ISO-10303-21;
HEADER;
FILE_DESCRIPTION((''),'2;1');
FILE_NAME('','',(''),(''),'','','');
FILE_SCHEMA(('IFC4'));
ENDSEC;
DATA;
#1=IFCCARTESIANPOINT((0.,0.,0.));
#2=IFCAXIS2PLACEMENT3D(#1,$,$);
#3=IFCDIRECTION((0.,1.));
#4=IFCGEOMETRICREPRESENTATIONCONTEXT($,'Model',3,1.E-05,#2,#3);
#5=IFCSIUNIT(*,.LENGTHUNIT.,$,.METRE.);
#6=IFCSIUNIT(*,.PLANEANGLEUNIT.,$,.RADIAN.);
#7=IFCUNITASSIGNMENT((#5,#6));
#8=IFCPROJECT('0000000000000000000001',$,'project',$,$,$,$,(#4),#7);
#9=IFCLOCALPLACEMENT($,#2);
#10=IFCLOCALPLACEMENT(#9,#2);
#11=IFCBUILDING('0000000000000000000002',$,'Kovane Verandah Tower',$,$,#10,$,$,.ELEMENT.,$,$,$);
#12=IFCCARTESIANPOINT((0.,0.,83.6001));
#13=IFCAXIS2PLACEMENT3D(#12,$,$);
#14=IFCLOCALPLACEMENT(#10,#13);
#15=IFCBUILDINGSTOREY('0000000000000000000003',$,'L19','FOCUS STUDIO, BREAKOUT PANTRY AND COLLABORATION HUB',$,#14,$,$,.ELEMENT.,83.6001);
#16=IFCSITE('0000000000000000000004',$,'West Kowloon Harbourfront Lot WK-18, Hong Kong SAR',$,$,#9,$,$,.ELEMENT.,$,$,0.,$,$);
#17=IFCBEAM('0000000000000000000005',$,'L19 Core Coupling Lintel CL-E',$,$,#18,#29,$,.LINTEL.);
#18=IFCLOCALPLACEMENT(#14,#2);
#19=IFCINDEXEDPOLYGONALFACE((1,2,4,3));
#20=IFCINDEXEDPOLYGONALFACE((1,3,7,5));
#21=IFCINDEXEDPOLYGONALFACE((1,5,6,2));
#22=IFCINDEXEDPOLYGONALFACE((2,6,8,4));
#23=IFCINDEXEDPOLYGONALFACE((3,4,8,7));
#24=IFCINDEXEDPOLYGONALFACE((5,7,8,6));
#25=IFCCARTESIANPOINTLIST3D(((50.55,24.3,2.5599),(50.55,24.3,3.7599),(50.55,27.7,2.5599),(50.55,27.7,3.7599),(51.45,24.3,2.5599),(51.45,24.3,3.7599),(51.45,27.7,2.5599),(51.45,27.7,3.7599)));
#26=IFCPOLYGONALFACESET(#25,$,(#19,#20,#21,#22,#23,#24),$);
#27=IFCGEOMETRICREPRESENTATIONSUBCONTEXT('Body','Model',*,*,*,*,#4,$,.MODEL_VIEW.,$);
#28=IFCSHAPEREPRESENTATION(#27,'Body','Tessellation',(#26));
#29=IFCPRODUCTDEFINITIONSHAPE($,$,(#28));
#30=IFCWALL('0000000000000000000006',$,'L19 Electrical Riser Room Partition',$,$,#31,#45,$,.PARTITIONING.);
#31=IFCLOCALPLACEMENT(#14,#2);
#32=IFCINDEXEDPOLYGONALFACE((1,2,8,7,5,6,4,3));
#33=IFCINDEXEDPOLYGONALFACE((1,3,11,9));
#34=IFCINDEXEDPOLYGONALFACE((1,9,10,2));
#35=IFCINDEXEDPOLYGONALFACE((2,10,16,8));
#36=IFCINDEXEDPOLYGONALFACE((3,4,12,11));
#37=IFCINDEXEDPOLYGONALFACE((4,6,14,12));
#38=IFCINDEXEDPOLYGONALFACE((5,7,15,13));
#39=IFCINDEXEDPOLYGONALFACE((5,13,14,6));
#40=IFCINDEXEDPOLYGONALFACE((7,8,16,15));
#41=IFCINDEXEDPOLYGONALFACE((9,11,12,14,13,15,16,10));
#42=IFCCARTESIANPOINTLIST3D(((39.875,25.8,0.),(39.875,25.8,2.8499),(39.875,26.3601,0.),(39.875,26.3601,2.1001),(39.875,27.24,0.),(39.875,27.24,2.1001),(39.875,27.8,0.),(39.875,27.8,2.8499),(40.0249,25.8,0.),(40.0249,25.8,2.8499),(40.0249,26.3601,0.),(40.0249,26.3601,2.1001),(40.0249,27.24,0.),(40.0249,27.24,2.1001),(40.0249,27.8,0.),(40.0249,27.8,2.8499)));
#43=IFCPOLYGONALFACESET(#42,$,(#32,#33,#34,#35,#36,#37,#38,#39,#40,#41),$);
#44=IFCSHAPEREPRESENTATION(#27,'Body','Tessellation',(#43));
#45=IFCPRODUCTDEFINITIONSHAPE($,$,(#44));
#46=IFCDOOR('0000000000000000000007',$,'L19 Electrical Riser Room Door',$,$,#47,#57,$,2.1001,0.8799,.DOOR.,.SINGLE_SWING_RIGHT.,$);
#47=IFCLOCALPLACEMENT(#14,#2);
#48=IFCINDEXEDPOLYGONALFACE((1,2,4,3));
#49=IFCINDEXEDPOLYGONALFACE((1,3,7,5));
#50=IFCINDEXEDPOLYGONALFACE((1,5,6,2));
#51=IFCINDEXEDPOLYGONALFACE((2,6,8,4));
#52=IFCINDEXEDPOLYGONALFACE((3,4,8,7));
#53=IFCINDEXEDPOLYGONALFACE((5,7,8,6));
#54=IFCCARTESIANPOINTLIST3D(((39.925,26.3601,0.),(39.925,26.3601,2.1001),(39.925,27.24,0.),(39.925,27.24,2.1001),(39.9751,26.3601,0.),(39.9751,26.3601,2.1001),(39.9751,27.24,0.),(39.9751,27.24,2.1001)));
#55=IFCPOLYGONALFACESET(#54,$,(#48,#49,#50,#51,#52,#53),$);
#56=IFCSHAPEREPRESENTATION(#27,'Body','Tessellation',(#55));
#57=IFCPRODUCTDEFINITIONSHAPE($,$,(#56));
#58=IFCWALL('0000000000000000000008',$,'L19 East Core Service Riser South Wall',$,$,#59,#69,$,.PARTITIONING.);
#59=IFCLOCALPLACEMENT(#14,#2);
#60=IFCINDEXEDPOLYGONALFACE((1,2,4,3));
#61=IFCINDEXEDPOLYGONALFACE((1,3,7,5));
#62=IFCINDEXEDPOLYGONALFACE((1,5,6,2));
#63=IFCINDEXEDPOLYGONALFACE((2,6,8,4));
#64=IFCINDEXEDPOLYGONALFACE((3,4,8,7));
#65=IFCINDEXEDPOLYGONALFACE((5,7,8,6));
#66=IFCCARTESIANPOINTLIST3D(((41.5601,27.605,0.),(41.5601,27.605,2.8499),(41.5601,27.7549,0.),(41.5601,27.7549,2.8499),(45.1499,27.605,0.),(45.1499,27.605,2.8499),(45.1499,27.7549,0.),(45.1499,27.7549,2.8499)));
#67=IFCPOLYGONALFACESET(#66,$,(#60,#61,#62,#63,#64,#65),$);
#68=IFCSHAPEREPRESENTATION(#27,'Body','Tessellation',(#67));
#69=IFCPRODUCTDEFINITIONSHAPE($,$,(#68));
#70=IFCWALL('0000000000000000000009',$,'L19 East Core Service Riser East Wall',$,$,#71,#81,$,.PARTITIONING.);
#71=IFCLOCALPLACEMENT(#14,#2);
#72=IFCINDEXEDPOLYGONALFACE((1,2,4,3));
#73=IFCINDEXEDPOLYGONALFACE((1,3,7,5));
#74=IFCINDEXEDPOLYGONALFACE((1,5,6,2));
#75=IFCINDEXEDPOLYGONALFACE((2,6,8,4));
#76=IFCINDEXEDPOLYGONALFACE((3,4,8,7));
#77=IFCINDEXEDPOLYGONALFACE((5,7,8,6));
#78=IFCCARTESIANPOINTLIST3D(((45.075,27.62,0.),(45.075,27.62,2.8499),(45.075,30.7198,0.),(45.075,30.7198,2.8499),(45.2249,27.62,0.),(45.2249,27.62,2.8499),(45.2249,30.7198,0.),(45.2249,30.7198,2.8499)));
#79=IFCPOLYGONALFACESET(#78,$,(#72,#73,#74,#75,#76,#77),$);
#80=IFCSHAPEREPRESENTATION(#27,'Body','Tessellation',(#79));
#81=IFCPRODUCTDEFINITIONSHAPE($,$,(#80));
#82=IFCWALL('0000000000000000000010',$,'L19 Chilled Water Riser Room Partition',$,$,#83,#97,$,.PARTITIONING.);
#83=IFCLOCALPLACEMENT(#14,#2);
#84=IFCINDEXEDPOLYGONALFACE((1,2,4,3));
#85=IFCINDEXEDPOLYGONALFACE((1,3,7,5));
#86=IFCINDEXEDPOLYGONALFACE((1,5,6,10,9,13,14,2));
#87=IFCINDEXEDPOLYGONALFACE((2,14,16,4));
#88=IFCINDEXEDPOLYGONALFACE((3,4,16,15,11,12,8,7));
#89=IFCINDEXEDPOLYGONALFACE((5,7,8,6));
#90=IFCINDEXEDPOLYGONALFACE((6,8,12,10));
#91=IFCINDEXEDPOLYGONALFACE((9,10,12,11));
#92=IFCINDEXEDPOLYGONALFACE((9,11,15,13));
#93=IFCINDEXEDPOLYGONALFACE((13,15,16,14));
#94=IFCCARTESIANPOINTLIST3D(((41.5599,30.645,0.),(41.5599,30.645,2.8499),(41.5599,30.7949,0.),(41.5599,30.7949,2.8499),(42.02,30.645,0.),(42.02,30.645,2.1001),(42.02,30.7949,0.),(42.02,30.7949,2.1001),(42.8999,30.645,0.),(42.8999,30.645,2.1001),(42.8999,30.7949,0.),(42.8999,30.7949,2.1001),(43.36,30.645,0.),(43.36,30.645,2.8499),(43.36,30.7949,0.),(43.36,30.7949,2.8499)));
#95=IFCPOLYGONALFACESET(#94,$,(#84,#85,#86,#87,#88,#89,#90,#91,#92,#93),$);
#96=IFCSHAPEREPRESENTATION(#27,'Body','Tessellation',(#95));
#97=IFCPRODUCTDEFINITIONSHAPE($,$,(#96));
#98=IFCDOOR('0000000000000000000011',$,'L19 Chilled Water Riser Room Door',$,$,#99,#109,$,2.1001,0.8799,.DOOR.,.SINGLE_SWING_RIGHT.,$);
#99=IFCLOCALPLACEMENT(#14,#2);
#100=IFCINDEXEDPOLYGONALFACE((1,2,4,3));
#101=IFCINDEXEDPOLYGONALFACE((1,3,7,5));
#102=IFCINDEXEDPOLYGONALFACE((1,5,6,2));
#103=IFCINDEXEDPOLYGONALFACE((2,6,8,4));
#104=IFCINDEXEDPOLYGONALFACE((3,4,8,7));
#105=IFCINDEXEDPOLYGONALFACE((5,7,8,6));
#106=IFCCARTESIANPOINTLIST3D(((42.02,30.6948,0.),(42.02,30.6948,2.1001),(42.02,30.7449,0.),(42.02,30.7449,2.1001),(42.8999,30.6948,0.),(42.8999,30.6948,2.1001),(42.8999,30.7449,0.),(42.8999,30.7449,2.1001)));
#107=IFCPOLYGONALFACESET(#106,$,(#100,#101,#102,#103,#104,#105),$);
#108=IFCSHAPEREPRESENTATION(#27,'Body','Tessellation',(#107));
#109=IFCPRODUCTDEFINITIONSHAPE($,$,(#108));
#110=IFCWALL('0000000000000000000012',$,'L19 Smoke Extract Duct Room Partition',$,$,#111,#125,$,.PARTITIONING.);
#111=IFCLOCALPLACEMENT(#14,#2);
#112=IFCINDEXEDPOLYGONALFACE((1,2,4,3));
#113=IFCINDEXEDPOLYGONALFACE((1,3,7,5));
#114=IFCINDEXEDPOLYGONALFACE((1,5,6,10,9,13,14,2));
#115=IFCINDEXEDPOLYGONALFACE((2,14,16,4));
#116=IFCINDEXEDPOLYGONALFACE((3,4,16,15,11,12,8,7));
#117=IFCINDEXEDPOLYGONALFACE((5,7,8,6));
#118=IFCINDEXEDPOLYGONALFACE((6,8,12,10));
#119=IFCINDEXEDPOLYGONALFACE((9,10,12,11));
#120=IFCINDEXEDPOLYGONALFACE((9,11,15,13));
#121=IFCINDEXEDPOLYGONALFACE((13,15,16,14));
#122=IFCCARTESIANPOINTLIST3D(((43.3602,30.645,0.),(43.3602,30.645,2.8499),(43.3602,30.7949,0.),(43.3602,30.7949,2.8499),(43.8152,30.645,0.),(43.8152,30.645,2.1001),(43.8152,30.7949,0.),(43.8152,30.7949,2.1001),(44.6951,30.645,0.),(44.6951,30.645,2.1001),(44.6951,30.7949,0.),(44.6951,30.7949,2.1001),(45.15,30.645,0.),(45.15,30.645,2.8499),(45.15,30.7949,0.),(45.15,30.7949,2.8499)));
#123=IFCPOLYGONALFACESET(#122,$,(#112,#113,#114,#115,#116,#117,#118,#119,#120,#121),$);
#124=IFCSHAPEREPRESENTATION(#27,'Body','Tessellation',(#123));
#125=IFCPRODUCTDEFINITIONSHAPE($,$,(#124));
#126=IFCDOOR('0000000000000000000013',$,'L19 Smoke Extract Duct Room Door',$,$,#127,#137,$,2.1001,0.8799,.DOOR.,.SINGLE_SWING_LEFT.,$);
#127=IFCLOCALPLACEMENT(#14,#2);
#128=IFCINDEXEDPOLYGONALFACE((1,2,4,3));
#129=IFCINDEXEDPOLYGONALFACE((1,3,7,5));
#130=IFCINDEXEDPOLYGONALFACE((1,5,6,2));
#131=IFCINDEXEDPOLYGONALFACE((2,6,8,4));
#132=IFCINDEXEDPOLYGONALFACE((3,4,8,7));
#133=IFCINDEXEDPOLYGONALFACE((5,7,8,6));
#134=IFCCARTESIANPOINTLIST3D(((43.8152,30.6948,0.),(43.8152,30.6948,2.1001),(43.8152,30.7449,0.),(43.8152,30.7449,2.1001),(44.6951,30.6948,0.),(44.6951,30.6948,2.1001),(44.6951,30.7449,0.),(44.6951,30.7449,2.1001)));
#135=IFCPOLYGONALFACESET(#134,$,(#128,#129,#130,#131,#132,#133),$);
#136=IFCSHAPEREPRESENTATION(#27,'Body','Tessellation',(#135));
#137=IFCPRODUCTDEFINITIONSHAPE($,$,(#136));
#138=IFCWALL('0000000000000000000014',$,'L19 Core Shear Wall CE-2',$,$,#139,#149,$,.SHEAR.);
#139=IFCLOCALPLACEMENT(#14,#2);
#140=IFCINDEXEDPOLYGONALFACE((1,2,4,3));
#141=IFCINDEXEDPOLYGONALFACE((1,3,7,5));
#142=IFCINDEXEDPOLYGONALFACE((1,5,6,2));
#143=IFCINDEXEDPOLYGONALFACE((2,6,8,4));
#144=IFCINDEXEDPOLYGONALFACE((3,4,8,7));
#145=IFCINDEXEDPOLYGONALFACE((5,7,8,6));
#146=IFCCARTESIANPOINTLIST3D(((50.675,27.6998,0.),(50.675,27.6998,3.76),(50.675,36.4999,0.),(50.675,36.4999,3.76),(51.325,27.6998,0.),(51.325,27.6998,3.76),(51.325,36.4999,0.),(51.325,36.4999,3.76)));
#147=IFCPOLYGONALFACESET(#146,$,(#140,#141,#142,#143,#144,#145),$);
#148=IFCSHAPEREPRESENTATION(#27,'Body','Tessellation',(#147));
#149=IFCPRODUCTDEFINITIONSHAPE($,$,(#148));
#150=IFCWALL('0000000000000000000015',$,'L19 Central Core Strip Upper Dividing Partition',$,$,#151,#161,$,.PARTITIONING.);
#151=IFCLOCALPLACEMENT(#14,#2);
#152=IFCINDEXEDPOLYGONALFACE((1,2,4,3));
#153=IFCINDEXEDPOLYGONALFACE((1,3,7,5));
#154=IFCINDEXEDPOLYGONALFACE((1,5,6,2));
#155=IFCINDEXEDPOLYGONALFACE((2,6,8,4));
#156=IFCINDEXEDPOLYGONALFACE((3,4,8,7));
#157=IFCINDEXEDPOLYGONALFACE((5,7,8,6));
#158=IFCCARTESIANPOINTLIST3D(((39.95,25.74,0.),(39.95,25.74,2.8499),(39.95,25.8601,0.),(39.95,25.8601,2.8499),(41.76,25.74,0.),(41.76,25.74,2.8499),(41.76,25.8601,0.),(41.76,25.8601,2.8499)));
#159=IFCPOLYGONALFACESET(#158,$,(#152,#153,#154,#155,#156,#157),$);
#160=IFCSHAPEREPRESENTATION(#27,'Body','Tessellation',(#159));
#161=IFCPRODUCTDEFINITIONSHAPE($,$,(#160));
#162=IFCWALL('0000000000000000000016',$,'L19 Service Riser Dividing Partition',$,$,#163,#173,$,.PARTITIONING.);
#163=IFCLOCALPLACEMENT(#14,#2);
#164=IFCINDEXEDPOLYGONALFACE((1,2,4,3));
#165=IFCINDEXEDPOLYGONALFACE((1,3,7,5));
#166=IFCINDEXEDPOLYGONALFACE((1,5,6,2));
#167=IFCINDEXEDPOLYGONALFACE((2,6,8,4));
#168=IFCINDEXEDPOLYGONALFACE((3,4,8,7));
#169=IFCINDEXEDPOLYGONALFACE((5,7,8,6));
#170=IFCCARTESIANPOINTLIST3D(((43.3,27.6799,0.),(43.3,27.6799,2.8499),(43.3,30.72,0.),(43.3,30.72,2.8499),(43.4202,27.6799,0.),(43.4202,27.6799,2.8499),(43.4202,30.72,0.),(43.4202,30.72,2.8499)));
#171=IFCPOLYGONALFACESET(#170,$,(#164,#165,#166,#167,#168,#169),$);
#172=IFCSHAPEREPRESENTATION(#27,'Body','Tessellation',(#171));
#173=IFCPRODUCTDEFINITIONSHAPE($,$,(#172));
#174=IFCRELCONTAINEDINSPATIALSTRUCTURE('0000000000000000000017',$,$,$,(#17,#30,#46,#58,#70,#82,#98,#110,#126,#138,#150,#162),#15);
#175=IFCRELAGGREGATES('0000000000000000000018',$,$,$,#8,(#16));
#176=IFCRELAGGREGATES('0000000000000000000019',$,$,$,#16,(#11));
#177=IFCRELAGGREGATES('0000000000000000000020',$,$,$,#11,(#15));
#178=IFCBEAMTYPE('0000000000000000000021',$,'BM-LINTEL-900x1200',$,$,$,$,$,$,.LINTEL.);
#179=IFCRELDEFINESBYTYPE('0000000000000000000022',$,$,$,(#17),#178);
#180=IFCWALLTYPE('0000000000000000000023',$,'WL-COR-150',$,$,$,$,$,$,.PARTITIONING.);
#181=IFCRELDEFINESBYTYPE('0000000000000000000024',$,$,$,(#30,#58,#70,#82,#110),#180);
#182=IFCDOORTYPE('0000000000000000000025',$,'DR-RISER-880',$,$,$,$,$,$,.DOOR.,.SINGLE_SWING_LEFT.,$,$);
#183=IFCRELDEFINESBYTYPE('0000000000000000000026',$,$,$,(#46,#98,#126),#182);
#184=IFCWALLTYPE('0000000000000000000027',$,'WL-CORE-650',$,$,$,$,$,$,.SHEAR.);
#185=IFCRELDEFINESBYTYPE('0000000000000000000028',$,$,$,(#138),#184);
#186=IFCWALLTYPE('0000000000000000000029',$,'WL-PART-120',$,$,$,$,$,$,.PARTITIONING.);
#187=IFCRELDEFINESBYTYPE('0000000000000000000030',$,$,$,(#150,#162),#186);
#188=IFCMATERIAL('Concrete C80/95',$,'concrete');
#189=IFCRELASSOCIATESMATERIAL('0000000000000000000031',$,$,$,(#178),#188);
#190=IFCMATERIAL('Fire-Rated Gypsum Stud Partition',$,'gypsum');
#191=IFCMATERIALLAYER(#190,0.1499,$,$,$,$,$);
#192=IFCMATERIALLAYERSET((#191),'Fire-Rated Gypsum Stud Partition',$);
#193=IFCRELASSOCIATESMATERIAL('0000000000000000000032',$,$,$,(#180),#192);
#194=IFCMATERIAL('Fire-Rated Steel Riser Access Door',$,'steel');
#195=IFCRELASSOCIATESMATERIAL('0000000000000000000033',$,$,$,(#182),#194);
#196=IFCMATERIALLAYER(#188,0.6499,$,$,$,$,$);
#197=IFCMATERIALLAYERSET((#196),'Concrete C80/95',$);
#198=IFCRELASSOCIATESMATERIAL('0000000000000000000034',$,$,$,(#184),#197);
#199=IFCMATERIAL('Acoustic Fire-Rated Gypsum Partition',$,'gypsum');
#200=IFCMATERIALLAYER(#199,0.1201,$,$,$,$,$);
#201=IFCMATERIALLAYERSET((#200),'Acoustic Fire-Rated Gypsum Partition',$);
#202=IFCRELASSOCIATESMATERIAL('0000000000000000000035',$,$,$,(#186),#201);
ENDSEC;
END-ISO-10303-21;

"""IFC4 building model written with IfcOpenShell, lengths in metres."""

from ifc_helpers import new_model, si_unit, direction, frame, frame_2d, origin, origin_2d, place, context, subcontext, project, spatial, rectangle, extrude, material, layer, layer_set, material_profile, profile_set, type_object, element, fill, save


model = new_model("IFC4")

# Units and contexts
model_context = context("Model", 3, precision=1e-05, world=origin(), true_north=direction((0.0, 1.0)))
body_context = subcontext(model_context, "Body", "Model", "MODEL_VIEW")
ifc_project = project(units=[si_unit("LENGTHUNIT", "METRE"), si_unit("PLANEANGLEUNIT", "RADIAN")], contexts=[model_context])

# Site, building, storey
site_placement = place(None, origin())
site = spatial("IfcSite", under=ifc_project, at=site_placement, Name="West Kowloon Harbourfront Lot WK-18, Hong Kong SAR", CompositionType="ELEMENT", RefElevation=0.0)
building_placement = place(site_placement, origin())
building = spatial("IfcBuilding", under=site, at=building_placement, Name="Kovane Verandah Tower", CompositionType="ELEMENT")
storey_placement = place(building_placement, frame((0.0, 0.0, 83.6001)))
storey = spatial("IfcBuildingStorey", under=building, at=storey_placement, Name="L19", Description="FOCUS STUDIO, BREAKOUT PANTRY AND COLLABORATION HUB", CompositionType="ELEMENT", Elevation=83.6001)

# Beam
ifc_material_1 = material(Name="Concrete C80/95", Category="concrete")
ifc_material_profile = material_profile(ifc_material_1, rectangle(XDim=0.8999, YDim=1.2, at=origin_2d()), Name="RCB900x1200")
ifc_profile_set = profile_set([ifc_material_profile], Name="Concrete C80/95")
beam_type = type_object("IfcBeamType", Name="BM-LINTEL-900x1200", PredefinedType="LINTEL", material=ifc_profile_set)
beam_placement = place(storey_placement, frame((51.0, 24.3, 3.1599), z_axis=(0.0, 1.0, 0.0), x_axis=(-1.0, 0.0, 0.0)))
element("IfcBeam", 1, at=beam_placement, inside=storey, type_object=beam_type, Name="L19 Core Coupling Lintel CL-E", PredefinedType="LINTEL", context=body_context, shape_type="SweptSolid", body=[
    extrude(rectangle(XDim=0.8999, YDim=1.2, at=origin_2d()), origin(), (0.0, 0.0, 1.0), 3.3999),
])

# Wall, opening, door
ifc_material_2 = material(Name="Fire-Rated Gypsum Stud Partition", Category="gypsum")
ifc_layer_1 = layer(ifc_material_2, 0.1499)
ifc_layer_set_1 = layer_set([ifc_layer_1], Name="Fire-Rated Gypsum Stud Partition")
wall_type_1 = type_object("IfcWallType", Name="WL-COR-150", PredefinedType="PARTITIONING", material=ifc_layer_set_1)
wall_1_placement = place(storey_placement, frame((39.95, 25.8, 0.0), z_axis=(0.0, 0.0, 1.0), x_axis=(0.0, 1.0, 0.0)))
wall_1 = element("IfcWall", 2, at=wall_1_placement, inside=storey, type_object=wall_type_1, Name="L19 Electrical Riser Room Partition", PredefinedType="PARTITIONING", context=body_context, shape_type="SweptSolid", body=[
    extrude(rectangle(XDim=2.0, YDim=0.1499, at=frame_2d((1.0, 0.0))), origin(), (0.0, 0.0, 1.0), 2.8499),
])
opening_1_placement = place(wall_1_placement, frame((0.5601, 0.0, 0.0)))
opening_1 = element("IfcOpeningElement", 3, at=opening_1_placement, cuts=wall_1, PredefinedType="OPENING", context=body_context, shape_type="SweptSolid", body=[
    extrude(rectangle(XDim=0.8799, YDim=2.1001, at=frame_2d((0.4399, 1.05))), frame((0.0, 0.075, 0.0), z_axis=(0.0, -1.0, 0.0), x_axis=(1.0, 0.0, 0.0)), (0.0, 0.0, 1.0), 0.1499),
])
ifc_material_3 = material(Name="Fire-Rated Steel Riser Access Door", Category="steel")
door_type_1 = type_object("IfcDoorType", Name="DR-RISER-880", OperationType="SINGLE_SWING_LEFT", PredefinedType="DOOR", material=ifc_material_3)
door_1_placement = place(opening_1_placement, origin())
door_1 = element("IfcDoor", 4, at=door_1_placement, inside=storey, type_object=door_type_1, Name="L19 Electrical Riser Room Door", OperationType="SINGLE_SWING_RIGHT", OverallHeight=2.1001, OverallWidth=0.8799, PredefinedType="DOOR", context=body_context, shape_type="SweptSolid", body=[
    extrude(rectangle(XDim=0.8799, YDim=2.1001, at=frame_2d((0.4399, 1.05))), frame((0.0, 0.0249, 0.0), z_axis=(0.0, -1.0, 0.0), x_axis=(1.0, 0.0, 0.0)), (0.0, 0.0, 1.0), 0.05),
])
fill(opening_1, door_1)

# Walls
wall_2_placement = place(storey_placement, frame((41.5601, 27.6799, 0.0), z_axis=(0.0, 0.0, 1.0), x_axis=(1.0, 0.0, 0.0)))
element("IfcWall", 5, at=wall_2_placement, inside=storey, type_object=wall_type_1, Name="L19 East Core Service Riser South Wall", PredefinedType="PARTITIONING", context=body_context, shape_type="SweptSolid", body=[
    extrude(rectangle(XDim=3.5898, YDim=0.1499, at=frame_2d((1.7949, 0.0))), origin(), (0.0, 0.0, 1.0), 2.8499),
])
wall_3_placement = place(storey_placement, frame((45.1499, 27.6201, 0.0), z_axis=(0.0, 0.0, 1.0), x_axis=(0.0, 1.0, 0.0)))
element("IfcWall", 6, at=wall_3_placement, inside=storey, type_object=wall_type_1, Name="L19 East Core Service Riser East Wall", PredefinedType="PARTITIONING", context=body_context, shape_type="SweptSolid", body=[
    extrude(rectangle(XDim=3.0999, YDim=0.1499, at=frame_2d((1.5498, 0.0))), origin(), (0.0, 0.0, 1.0), 2.8499),
])

# Walls, openings, doors
wall_4_placement = place(storey_placement, frame((41.5601, 30.72, 0.0), z_axis=(0.0, 0.0, 1.0), x_axis=(1.0, 0.0, 0.0)))
wall_4 = element("IfcWall", 7, at=wall_4_placement, inside=storey, type_object=wall_type_1, Name="L19 Chilled Water Riser Room Partition", PredefinedType="PARTITIONING", context=body_context, shape_type="SweptSolid", body=[
    extrude(rectangle(XDim=1.8, YDim=0.1499, at=frame_2d((0.8999, 0.0))), origin(), (0.0, 0.0, 1.0), 2.8499),
])
opening_2_placement = place(wall_4_placement, frame((0.46, 0.0, 0.0)))
opening_2 = element("IfcOpeningElement", 8, at=opening_2_placement, cuts=wall_4, PredefinedType="OPENING", context=body_context, shape_type="SweptSolid", body=[
    extrude(rectangle(XDim=0.8799, YDim=2.1001, at=frame_2d((0.4399, 1.05))), frame((0.0, 0.075, 0.0), z_axis=(0.0, -1.0, 0.0), x_axis=(1.0, 0.0, 0.0)), (0.0, 0.0, 1.0), 0.1499),
])
door_2_placement = place(opening_2_placement, origin())
door_2 = element("IfcDoor", 9, at=door_2_placement, inside=storey, type_object=door_type_1, Name="L19 Chilled Water Riser Room Door", OperationType="SINGLE_SWING_RIGHT", OverallHeight=2.1001, OverallWidth=0.8799, PredefinedType="DOOR", context=body_context, shape_type="SweptSolid", body=[
    extrude(rectangle(XDim=0.8799, YDim=2.1001, at=frame_2d((0.4399, 1.05))), frame((0.0, 0.0249, 0.0), z_axis=(0.0, -1.0, 0.0), x_axis=(1.0, 0.0, 0.0)), (0.0, 0.0, 1.0), 0.05),
])
fill(opening_2, door_2)
wall_5_placement = place(storey_placement, frame((43.3601, 30.72, 0.0), z_axis=(0.0, 0.0, 1.0), x_axis=(1.0, 0.0, 0.0)))
wall_5 = element("IfcWall", 10, at=wall_5_placement, inside=storey, type_object=wall_type_1, Name="L19 Smoke Extract Duct Room Partition", PredefinedType="PARTITIONING", context=body_context, shape_type="SweptSolid", body=[
    extrude(rectangle(XDim=1.7898, YDim=0.1499, at=frame_2d((0.895, 0.0))), origin(), (0.0, 0.0, 1.0), 2.8499),
])
opening_3_placement = place(wall_5_placement, frame((0.4551, 0.0, 0.0)))
opening_3 = element("IfcOpeningElement", 11, at=opening_3_placement, cuts=wall_5, PredefinedType="OPENING", context=body_context, shape_type="SweptSolid", body=[
    extrude(rectangle(XDim=0.8799, YDim=2.1001, at=frame_2d((0.4399, 1.05))), frame((0.0, 0.075, 0.0), z_axis=(0.0, -1.0, 0.0), x_axis=(1.0, 0.0, 0.0)), (0.0, 0.0, 1.0), 0.1499),
])
door_3_placement = place(opening_3_placement, origin())
door_3 = element("IfcDoor", 12, at=door_3_placement, inside=storey, type_object=door_type_1, Name="L19 Smoke Extract Duct Room Door", OperationType="SINGLE_SWING_LEFT", OverallHeight=2.1001, OverallWidth=0.8799, PredefinedType="DOOR", context=body_context, shape_type="SweptSolid", body=[
    extrude(rectangle(XDim=0.8799, YDim=2.1001, at=frame_2d((0.4399, 1.05))), frame((0.0, 0.0249, 0.0), z_axis=(0.0, -1.0, 0.0), x_axis=(1.0, 0.0, 0.0)), (0.0, 0.0, 1.0), 0.05),
])
fill(opening_3, door_3)

# Wall
ifc_layer_2 = layer(ifc_material_1, 0.6499)
ifc_layer_set_2 = layer_set([ifc_layer_2], Name="Concrete C80/95")
wall_type_2 = type_object("IfcWallType", Name="WL-CORE-650", PredefinedType="SHEAR", material=ifc_layer_set_2)
wall_6_placement = place(storey_placement, frame((51.0, 27.7, 0.0), z_axis=(0.0, 0.0, 1.0), x_axis=(0.0, 1.0, 0.0)))
element("IfcWall", 13, at=wall_6_placement, inside=storey, type_object=wall_type_2, Name="L19 Core Shear Wall CE-2", PredefinedType="SHEAR", context=body_context, shape_type="SweptSolid", body=[
    extrude(rectangle(XDim=8.8, YDim=0.6499, at=frame_2d((4.3999, 0.0))), origin(), (0.0, 0.0, 1.0), 3.76),
])

# Walls
ifc_material_4 = material(Name="Acoustic Fire-Rated Gypsum Partition", Category="gypsum")
ifc_layer_3 = layer(ifc_material_4, 0.1201)
ifc_layer_set_3 = layer_set([ifc_layer_3], Name="Acoustic Fire-Rated Gypsum Partition")
wall_type_3 = type_object("IfcWallType", Name="WL-PART-120", PredefinedType="PARTITIONING", material=ifc_layer_set_3)
wall_7_placement = place(storey_placement, frame((39.95, 25.8, 0.0), z_axis=(0.0, 0.0, 1.0), x_axis=(1.0, 0.0, 0.0)))
element("IfcWall", 14, at=wall_7_placement, inside=storey, type_object=wall_type_3, Name="L19 Central Core Strip Upper Dividing Partition", PredefinedType="PARTITIONING", context=body_context, shape_type="SweptSolid", body=[
    extrude(rectangle(XDim=1.8101, YDim=0.1201, at=frame_2d((0.905, 0.0))), origin(), (0.0, 0.0, 1.0), 2.8499),
])
wall_8_placement = place(storey_placement, frame((43.3601, 27.6799, 0.0), z_axis=(0.0, 0.0, 1.0), x_axis=(0.0, 1.0, 0.0)))
element("IfcWall", 15, at=wall_8_placement, inside=storey, type_object=wall_type_3, Name="L19 Service Riser Dividing Partition", PredefinedType="PARTITIONING", context=body_context, shape_type="SweptSolid", body=[
    extrude(rectangle(XDim=3.04, YDim=0.1201, at=frame_2d((1.52, 0.0))), origin(), (0.0, 0.0, 1.0), 2.8499),
])

save(model, "model.ifc")
